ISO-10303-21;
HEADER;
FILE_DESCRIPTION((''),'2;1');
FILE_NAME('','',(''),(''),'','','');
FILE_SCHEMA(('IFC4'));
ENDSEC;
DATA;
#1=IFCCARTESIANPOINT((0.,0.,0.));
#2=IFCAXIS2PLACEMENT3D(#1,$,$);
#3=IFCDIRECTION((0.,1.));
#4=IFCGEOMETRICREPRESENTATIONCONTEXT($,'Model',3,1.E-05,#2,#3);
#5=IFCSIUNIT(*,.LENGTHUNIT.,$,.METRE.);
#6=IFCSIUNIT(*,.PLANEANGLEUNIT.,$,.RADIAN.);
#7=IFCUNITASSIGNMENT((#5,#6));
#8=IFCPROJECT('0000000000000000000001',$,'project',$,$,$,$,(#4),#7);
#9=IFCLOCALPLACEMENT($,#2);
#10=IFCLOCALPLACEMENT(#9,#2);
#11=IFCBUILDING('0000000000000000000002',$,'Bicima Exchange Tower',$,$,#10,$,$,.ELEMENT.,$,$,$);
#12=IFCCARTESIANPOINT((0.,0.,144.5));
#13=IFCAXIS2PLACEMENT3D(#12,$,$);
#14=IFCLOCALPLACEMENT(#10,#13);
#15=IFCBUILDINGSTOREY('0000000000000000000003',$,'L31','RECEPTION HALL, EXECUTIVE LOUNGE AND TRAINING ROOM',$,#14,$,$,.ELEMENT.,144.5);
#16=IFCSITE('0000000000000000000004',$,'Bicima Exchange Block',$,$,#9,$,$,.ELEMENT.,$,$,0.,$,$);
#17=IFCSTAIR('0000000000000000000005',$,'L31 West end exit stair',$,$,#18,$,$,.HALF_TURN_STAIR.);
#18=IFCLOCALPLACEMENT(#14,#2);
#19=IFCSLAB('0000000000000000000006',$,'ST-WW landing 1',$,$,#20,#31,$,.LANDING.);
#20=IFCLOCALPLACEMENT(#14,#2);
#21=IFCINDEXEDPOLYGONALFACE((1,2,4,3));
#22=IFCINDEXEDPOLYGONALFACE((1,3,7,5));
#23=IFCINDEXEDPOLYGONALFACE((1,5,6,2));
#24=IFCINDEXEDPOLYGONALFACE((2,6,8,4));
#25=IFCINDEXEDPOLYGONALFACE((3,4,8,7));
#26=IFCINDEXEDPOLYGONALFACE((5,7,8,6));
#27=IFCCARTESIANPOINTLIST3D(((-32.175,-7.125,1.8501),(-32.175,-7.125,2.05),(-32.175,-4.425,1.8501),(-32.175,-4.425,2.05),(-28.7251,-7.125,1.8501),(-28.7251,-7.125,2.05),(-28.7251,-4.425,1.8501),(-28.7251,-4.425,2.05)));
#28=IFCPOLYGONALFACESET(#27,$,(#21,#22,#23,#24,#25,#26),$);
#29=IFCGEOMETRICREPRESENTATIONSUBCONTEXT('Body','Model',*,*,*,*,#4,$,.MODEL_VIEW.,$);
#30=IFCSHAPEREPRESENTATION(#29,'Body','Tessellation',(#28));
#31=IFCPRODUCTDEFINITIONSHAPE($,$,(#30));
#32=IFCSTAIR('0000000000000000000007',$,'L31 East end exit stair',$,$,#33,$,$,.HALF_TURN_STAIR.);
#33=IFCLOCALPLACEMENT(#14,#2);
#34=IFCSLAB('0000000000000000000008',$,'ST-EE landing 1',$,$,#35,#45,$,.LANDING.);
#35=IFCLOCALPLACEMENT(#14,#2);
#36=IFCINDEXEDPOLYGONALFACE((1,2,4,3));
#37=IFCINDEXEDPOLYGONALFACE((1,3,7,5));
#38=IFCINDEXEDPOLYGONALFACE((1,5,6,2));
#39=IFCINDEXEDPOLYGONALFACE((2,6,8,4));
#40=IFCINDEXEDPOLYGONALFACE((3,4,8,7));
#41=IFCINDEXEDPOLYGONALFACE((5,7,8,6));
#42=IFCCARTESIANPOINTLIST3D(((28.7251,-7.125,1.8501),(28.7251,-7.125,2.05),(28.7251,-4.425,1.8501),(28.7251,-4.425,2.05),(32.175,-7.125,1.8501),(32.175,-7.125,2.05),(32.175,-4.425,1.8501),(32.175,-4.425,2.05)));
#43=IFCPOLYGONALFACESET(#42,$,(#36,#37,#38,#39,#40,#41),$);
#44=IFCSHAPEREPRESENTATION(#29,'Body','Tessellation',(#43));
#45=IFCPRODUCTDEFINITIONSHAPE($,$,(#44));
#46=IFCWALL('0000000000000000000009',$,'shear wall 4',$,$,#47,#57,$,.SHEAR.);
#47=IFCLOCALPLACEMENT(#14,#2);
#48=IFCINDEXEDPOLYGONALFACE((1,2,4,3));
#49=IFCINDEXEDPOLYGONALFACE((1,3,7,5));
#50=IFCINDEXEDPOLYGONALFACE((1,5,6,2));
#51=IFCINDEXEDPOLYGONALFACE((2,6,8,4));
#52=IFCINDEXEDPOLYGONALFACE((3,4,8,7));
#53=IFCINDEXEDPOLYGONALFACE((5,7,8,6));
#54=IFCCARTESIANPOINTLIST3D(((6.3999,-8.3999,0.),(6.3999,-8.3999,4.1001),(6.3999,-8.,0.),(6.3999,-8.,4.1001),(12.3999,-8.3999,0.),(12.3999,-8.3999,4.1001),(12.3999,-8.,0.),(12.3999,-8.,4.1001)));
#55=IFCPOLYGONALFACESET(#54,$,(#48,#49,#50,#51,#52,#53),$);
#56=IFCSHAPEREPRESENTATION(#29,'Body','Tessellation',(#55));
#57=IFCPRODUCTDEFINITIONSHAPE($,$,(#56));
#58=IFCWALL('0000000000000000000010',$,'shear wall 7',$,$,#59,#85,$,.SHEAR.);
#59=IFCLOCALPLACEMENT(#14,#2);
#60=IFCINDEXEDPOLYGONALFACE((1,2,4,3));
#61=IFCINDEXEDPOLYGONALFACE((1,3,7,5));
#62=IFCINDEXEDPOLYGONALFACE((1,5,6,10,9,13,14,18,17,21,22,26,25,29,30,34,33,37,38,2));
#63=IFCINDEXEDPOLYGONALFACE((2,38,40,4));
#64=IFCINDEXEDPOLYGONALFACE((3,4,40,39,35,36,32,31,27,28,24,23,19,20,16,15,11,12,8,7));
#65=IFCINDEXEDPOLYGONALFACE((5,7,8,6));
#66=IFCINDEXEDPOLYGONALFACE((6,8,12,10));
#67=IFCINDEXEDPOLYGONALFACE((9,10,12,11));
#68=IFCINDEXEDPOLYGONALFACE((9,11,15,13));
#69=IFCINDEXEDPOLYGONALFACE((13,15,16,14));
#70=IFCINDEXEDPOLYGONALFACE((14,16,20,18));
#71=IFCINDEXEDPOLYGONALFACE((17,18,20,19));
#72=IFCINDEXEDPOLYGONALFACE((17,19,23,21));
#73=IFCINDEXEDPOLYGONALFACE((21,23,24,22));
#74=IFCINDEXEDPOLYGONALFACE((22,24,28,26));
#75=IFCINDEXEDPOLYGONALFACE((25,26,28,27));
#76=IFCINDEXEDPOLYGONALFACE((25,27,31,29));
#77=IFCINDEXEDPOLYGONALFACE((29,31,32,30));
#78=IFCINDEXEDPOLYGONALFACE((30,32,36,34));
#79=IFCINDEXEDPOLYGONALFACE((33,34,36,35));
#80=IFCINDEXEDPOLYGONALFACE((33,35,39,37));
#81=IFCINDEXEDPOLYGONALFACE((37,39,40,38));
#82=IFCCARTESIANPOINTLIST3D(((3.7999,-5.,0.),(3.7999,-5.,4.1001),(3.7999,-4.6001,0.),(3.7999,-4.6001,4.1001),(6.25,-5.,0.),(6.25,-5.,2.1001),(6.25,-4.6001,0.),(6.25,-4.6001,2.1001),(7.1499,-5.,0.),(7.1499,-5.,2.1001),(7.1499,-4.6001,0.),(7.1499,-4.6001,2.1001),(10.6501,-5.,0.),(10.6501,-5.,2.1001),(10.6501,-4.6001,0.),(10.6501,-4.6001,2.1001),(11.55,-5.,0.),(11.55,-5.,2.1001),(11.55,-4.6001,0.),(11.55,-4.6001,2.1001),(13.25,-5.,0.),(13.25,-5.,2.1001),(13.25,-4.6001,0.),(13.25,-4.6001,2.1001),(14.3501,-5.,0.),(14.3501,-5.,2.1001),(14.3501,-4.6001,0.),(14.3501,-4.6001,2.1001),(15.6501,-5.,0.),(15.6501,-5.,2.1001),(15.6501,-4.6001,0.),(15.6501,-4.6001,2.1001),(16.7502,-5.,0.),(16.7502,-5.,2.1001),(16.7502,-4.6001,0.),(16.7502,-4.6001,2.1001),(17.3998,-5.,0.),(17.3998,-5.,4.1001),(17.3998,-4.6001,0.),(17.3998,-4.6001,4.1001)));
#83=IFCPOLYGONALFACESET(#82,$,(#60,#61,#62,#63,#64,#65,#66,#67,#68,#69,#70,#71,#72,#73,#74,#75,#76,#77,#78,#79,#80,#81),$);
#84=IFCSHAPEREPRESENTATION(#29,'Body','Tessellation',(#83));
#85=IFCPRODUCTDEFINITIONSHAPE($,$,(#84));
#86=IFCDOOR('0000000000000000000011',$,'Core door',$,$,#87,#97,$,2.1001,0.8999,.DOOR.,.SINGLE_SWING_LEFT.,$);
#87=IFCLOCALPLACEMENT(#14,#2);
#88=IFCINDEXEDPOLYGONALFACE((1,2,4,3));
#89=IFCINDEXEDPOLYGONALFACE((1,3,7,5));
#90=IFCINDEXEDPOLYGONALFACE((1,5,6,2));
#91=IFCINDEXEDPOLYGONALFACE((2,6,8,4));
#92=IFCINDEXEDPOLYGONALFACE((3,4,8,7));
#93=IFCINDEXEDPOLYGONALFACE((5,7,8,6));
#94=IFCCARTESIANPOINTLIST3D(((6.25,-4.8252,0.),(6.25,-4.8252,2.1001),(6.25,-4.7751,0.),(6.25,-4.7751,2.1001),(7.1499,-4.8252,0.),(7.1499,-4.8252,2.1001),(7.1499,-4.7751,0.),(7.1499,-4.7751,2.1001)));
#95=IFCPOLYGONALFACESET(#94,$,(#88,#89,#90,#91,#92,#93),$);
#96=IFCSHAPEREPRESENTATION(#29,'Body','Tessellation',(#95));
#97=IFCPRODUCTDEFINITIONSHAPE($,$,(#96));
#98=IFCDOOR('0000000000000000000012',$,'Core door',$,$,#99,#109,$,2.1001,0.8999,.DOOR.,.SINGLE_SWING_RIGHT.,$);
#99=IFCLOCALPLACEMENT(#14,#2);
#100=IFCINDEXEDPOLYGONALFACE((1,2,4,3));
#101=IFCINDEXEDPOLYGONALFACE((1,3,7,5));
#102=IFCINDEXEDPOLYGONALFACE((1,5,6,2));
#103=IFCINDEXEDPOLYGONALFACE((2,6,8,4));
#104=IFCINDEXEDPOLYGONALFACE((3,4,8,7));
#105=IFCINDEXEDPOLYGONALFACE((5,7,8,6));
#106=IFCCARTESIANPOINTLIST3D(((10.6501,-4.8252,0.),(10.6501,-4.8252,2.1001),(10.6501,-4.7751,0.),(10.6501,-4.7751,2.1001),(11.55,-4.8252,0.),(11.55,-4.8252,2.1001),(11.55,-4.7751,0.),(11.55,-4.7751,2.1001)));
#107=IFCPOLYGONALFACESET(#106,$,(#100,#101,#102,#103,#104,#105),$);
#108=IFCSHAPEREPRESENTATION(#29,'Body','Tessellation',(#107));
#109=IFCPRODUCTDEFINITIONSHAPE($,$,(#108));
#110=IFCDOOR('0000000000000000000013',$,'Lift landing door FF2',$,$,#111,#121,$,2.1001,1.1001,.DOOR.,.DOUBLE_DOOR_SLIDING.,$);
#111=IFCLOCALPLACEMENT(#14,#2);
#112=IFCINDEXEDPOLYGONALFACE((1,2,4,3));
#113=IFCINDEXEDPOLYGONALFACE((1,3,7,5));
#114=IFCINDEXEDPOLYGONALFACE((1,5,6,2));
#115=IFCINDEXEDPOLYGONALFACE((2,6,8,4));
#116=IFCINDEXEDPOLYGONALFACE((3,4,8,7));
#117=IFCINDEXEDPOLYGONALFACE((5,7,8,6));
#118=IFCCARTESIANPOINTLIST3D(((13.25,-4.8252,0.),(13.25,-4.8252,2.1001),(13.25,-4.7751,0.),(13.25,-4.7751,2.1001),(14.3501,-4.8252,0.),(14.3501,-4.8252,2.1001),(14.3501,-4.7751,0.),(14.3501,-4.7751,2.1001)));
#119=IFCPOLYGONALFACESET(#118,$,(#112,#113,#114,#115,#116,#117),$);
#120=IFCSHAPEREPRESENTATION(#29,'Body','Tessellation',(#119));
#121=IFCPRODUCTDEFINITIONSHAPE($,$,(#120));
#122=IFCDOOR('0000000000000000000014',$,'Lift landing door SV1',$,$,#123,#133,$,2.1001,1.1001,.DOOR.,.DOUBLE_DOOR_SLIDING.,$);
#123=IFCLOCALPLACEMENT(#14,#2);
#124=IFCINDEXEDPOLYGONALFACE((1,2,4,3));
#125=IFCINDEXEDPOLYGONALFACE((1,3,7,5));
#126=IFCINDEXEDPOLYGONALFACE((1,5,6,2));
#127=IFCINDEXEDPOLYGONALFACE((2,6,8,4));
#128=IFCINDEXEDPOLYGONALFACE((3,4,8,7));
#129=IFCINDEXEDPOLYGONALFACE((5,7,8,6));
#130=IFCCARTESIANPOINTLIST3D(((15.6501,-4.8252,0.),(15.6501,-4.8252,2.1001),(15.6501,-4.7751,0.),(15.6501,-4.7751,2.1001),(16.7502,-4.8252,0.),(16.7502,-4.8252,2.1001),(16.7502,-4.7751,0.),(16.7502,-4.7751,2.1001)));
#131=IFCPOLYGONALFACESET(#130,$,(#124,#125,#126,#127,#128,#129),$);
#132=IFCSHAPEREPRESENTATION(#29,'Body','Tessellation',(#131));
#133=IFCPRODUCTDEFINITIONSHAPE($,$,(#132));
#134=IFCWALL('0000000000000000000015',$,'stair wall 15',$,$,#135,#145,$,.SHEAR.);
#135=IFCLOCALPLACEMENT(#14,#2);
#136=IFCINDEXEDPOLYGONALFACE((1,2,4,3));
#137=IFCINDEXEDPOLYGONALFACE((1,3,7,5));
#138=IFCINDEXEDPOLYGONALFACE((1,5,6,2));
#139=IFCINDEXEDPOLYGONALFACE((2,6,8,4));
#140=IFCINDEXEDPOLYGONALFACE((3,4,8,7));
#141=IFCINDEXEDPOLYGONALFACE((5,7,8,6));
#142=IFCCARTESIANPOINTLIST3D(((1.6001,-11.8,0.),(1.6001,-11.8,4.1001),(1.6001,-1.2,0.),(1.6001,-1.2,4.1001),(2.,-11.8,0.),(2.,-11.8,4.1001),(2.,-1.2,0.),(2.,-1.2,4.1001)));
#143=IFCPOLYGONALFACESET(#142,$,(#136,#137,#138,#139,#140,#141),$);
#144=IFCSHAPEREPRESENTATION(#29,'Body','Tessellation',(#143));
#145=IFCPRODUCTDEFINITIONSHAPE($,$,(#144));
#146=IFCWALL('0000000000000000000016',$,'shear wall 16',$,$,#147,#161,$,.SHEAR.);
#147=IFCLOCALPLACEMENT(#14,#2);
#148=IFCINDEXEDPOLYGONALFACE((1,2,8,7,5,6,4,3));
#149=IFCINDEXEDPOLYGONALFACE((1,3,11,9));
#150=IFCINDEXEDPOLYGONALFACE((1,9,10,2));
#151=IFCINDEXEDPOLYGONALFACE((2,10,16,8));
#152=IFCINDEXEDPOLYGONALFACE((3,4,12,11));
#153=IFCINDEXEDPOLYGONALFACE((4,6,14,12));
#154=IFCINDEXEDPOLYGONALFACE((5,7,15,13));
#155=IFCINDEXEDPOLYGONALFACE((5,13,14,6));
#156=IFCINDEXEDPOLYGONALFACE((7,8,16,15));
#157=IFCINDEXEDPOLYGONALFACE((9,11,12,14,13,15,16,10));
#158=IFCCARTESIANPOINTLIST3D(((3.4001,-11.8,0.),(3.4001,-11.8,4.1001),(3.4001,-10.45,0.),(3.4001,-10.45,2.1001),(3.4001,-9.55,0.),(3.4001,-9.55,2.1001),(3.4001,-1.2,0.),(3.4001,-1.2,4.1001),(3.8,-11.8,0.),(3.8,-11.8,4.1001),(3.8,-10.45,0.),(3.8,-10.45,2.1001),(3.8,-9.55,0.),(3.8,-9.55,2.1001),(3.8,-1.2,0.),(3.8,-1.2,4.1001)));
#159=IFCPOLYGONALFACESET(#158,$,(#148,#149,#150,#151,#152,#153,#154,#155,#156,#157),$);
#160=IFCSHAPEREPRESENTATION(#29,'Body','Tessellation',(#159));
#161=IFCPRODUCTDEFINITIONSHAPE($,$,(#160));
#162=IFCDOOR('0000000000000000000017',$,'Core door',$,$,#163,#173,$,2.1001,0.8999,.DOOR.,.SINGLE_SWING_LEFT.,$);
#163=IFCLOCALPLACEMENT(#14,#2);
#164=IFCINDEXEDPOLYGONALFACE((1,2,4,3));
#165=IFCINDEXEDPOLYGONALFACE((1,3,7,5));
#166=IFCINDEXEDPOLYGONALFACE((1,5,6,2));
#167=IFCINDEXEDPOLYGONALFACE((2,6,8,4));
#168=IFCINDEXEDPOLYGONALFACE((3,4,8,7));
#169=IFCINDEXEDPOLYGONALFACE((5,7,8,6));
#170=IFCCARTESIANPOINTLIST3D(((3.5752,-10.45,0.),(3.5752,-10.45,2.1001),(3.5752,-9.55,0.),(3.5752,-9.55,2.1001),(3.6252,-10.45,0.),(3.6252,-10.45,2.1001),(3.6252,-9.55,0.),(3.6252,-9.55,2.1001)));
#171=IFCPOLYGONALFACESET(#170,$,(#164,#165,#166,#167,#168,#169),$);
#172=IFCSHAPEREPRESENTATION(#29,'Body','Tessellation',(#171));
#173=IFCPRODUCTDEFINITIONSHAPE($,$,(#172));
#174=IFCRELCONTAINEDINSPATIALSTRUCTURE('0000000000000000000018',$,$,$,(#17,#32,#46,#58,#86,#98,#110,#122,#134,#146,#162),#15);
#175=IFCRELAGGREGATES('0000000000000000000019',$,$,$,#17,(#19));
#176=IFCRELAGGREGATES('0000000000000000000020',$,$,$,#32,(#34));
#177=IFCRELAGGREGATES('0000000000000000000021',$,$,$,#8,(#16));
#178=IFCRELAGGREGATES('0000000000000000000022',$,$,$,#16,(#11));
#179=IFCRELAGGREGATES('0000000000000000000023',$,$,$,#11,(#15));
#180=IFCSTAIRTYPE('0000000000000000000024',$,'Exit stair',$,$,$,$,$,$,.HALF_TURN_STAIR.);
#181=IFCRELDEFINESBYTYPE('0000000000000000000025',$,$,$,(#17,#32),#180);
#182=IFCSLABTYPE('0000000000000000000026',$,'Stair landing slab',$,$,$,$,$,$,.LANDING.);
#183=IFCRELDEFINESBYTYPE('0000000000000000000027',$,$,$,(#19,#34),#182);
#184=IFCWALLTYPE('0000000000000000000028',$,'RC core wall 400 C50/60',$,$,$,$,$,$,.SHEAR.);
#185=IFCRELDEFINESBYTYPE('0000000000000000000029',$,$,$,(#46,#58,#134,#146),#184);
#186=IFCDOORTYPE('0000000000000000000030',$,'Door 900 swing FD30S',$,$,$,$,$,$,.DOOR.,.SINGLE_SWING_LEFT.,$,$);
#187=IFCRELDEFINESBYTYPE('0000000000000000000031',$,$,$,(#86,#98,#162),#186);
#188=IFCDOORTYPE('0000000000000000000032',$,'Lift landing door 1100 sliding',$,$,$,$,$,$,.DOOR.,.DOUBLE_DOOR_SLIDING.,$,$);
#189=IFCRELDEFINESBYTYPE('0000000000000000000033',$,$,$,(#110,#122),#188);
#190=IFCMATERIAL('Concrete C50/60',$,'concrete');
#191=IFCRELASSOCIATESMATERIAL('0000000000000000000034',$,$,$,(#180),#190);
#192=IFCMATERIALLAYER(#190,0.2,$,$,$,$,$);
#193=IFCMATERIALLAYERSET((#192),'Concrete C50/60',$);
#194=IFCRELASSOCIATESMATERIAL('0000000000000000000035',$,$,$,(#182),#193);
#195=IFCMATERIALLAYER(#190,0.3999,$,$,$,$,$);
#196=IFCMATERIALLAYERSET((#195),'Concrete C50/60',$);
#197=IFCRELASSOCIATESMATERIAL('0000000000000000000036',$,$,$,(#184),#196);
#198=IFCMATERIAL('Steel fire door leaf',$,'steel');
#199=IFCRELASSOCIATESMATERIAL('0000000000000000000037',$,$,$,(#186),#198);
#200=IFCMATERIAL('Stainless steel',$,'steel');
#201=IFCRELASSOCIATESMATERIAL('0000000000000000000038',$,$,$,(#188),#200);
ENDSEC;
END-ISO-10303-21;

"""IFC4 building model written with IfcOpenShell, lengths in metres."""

from ifc_helpers import new_model, si_unit, direction, frame, frame_2d, origin, place, context, subcontext, project, spatial, polyline, rectangle, outline, extrude, material, layer, layer_set, type_object, element, fill, aggregate, save


model = new_model("IFC4")

# Units and contexts
model_context = context("Model", 3, precision=1e-05, world=origin(), true_north=direction((0.0, 1.0)))
body_context = subcontext(model_context, "Body", "Model", "MODEL_VIEW")
ifc_project = project(units=[si_unit("LENGTHUNIT", "METRE"), si_unit("PLANEANGLEUNIT", "RADIAN")], contexts=[model_context])

# Site, building, storey
site_placement = place(None, origin())
site = spatial("IfcSite", under=ifc_project, at=site_placement, Name="Bicima Exchange Block", CompositionType="ELEMENT", RefElevation=0.0)
building_placement = place(site_placement, origin())
building = spatial("IfcBuilding", under=site, at=building_placement, Name="Bicima Exchange Tower", CompositionType="ELEMENT")
storey_placement = place(building_placement, frame((0.0, 0.0, 144.5)))
storey = spatial("IfcBuildingStorey", under=building, at=storey_placement, Name="L31", Description="RECEPTION HALL, EXECUTIVE LOUNGE AND TRAINING ROOM", CompositionType="ELEMENT", Elevation=144.5)

# Stairs, slabs
ifc_material_1 = material(Name="Concrete C50/60", Category="concrete")
stair_type_1 = type_object("IfcStairType", Name="Exit stair", PredefinedType="HALF_TURN_STAIR", material=ifc_material_1)
ifc_layer_1 = layer(ifc_material_1, 0.2)
ifc_layer_set_1 = layer_set([ifc_layer_1], Name="Concrete C50/60")
slab_type_1 = type_object("IfcSlabType", Name="Stair landing slab", PredefinedType="LANDING", material=ifc_layer_set_1)
stair_1_placement = place(storey_placement, origin())
stair_1 = element("IfcStair", 1, at=stair_1_placement, inside=storey, type_object=stair_type_1, Name="L31 West end exit stair", PredefinedType="HALF_TURN_STAIR")
slab_1_placement = place(storey_placement, frame((0.0, 0.0, 1.8501)))
slab_1 = element("IfcSlab", 2, at=slab_1_placement, type_object=slab_type_1, Name="ST-WW landing 1", PredefinedType="LANDING", context=body_context, shape_type="SweptSolid", body=[
    extrude(outline(polyline([(-28.7251, -7.125), (-28.7251, -4.425), (-32.175, -4.425), (-32.175, -7.125), (-28.7251, -7.125)])), origin(), (0.0, 0.0, 1.0), 0.2),
])
aggregate(stair_1, [slab_1])
stair_2_placement = place(storey_placement, origin())
stair_2 = element("IfcStair", 3, at=stair_2_placement, inside=storey, type_object=stair_type_1, Name="L31 East end exit stair", PredefinedType="HALF_TURN_STAIR")
slab_2_placement = place(storey_placement, frame((0.0, 0.0, 1.8501)))
slab_2 = element("IfcSlab", 4, at=slab_2_placement, type_object=slab_type_1, Name="ST-EE landing 1", PredefinedType="LANDING", context=body_context, shape_type="SweptSolid", body=[
    extrude(outline(polyline([(32.175, -7.125), (32.175, -4.425), (28.7251, -4.425), (28.7251, -7.125), (32.175, -7.125)])), origin(), (0.0, 0.0, 1.0), 0.2),
])
aggregate(stair_2, [slab_2])

# Wall
ifc_layer_2 = layer(ifc_material_1, 0.3999)
ifc_layer_set_2 = layer_set([ifc_layer_2], Name="Concrete C50/60")
wall_type_1 = type_object("IfcWallType", Name="RC core wall 400 C50/60", PredefinedType="SHEAR", material=ifc_layer_set_2)
wall_1_placement = place(storey_placement, frame((6.3999, -8.2, 0.0), z_axis=(0.0, 0.0, 1.0), x_axis=(1.0, 0.0, 0.0)))
element("IfcWall", 5, at=wall_1_placement, inside=storey, type_object=wall_type_1, Name="shear wall 4", PredefinedType="SHEAR", context=body_context, shape_type="SweptSolid", body=[
    extrude(rectangle(XDim=6.0, YDim=0.3999, at=frame_2d((3.0, 0.0))), origin(), (0.0, 0.0, 1.0), 4.1001),
])

# Wall, openings, doors
wall_2_placement = place(storey_placement, frame((3.8, -4.8, 0.0), z_axis=(0.0, 0.0, 1.0), x_axis=(1.0, 0.0, 0.0)))
wall_2 = element("IfcWall", 6, at=wall_2_placement, inside=storey, type_object=wall_type_1, Name="shear wall 7", PredefinedType="SHEAR", context=body_context, shape_type="SweptSolid", body=[
    extrude(rectangle(XDim=13.5999, YDim=0.3999, at=frame_2d((6.7998, 0.0))), origin(), (0.0, 0.0, 1.0), 4.1001),
])
opening_1_placement = place(wall_2_placement, frame((9.45, 0.0, 0.0)))
opening_1 = element("IfcOpeningElement", 7, at=opening_1_placement, cuts=wall_2, PredefinedType="OPENING", context=body_context, shape_type="SweptSolid", body=[
    extrude(rectangle(XDim=1.1001, YDim=2.1001, at=frame_2d((0.55, 1.05))), frame((0.0, 0.2119, 0.0), z_axis=(0.0, -1.0, 0.0), x_axis=(1.0, 0.0, 0.0)), (0.0, 0.0, 1.0), 0.4238),
])
opening_2_placement = place(wall_2_placement, frame((11.8501, 0.0, 0.0)))
opening_2 = element("IfcOpeningElement", 8, at=opening_2_placement, cuts=wall_2, PredefinedType="OPENING", context=body_context, shape_type="SweptSolid", body=[
    extrude(rectangle(XDim=1.1001, YDim=2.1001, at=frame_2d((0.55, 1.05))), frame((0.0, 0.2119, 0.0), z_axis=(0.0, -1.0, 0.0), x_axis=(1.0, 0.0, 0.0)), (0.0, 0.0, 1.0), 0.4238),
])
opening_3_placement = place(wall_2_placement, frame((2.45, 0.0, 0.0)))
opening_3 = element("IfcOpeningElement", 9, at=opening_3_placement, cuts=wall_2, PredefinedType="OPENING", context=body_context, shape_type="SweptSolid", body=[
    extrude(rectangle(XDim=0.8999, YDim=2.1001, at=frame_2d((0.45, 1.05))), frame((0.0, 0.2119, 0.0), z_axis=(0.0, -1.0, 0.0), x_axis=(1.0, 0.0, 0.0)), (0.0, 0.0, 1.0), 0.4238),
])
opening_4_placement = place(wall_2_placement, frame((6.8501, 0.0, 0.0)))
opening_4 = element("IfcOpeningElement", 10, at=opening_4_placement, cuts=wall_2, PredefinedType="OPENING", context=body_context, shape_type="SweptSolid", body=[
    extrude(rectangle(XDim=0.8999, YDim=2.1001, at=frame_2d((0.45, 1.05))), frame((0.0, 0.2119, 0.0), z_axis=(0.0, -1.0, 0.0), x_axis=(1.0, 0.0, 0.0)), (0.0, 0.0, 1.0), 0.4238),
])
ifc_material_2 = material(Name="Steel fire door leaf", Category="steel")
door_type_1 = type_object("IfcDoorType", Name="Door 900 swing FD30S", OperationType="SINGLE_SWING_LEFT", PredefinedType="DOOR", material=ifc_material_2)
door_1_placement = place(opening_3_placement, origin())
door_1 = element("IfcDoor", 11, at=door_1_placement, inside=storey, type_object=door_type_1, Name="Core door", OperationType="SINGLE_SWING_LEFT", OverallHeight=2.1001, OverallWidth=0.8999, PredefinedType="DOOR", context=body_context, shape_type="SweptSolid", body=[
    extrude(rectangle(XDim=0.8999, YDim=2.1001, at=frame_2d((0.45, 1.05))), frame((0.0, 0.0249, 0.0), z_axis=(0.0, -1.0, 0.0), x_axis=(1.0, 0.0, 0.0)), (0.0, 0.0, 1.0), 0.05),
])
fill(opening_3, door_1)
door_2_placement = place(opening_4_placement, origin())
door_2 = element("IfcDoor", 12, at=door_2_placement, inside=storey, type_object=door_type_1, Name="Core door", OperationType="SINGLE_SWING_RIGHT", OverallHeight=2.1001, OverallWidth=0.8999, PredefinedType="DOOR", context=body_context, shape_type="SweptSolid", body=[
    extrude(rectangle(XDim=0.8999, YDim=2.1001, at=frame_2d((0.45, 1.05))), frame((0.0, 0.0249, 0.0), z_axis=(0.0, -1.0, 0.0), x_axis=(1.0, 0.0, 0.0)), (0.0, 0.0, 1.0), 0.05),
])
fill(opening_4, door_2)
ifc_material_3 = material(Name="Stainless steel", Category="steel")
door_type_2 = type_object("IfcDoorType", Name="Lift landing door 1100 sliding", OperationType="DOUBLE_DOOR_SLIDING", PredefinedType="DOOR", material=ifc_material_3)
door_3_placement = place(opening_1_placement, origin())
door_3 = element("IfcDoor", 13, at=door_3_placement, inside=storey, type_object=door_type_2, Name="Lift landing door FF2", OperationType="DOUBLE_DOOR_SLIDING", OverallHeight=2.1001, OverallWidth=1.1001, PredefinedType="DOOR", context=body_context, shape_type="SweptSolid", body=[
    extrude(rectangle(XDim=1.1001, YDim=2.1001, at=frame_2d((0.55, 1.05))), frame((0.0, 0.0249, 0.0), z_axis=(0.0, -1.0, 0.0), x_axis=(1.0, 0.0, 0.0)), (0.0, 0.0, 1.0), 0.05),
])
fill(opening_1, door_3)
door_4_placement = place(opening_2_placement, origin())
door_4 = element("IfcDoor", 14, at=door_4_placement, inside=storey, type_object=door_type_2, Name="Lift landing door SV1", OperationType="DOUBLE_DOOR_SLIDING", OverallHeight=2.1001, OverallWidth=1.1001, PredefinedType="DOOR", context=body_context, shape_type="SweptSolid", body=[
    extrude(rectangle(XDim=1.1001, YDim=2.1001, at=frame_2d((0.55, 1.05))), frame((0.0, 0.0249, 0.0), z_axis=(0.0, -1.0, 0.0), x_axis=(1.0, 0.0, 0.0)), (0.0, 0.0, 1.0), 0.05),
])
fill(opening_2, door_4)

# Wall
wall_3_placement = place(storey_placement, frame((1.8, -11.8, 0.0), z_axis=(0.0, 0.0, 1.0), x_axis=(0.0, 1.0, 0.0)))
element("IfcWall", 15, at=wall_3_placement, inside=storey, type_object=wall_type_1, Name="stair wall 15", PredefinedType="SHEAR", context=body_context, shape_type="SweptSolid", body=[
    extrude(rectangle(XDim=10.6001, YDim=0.3999, at=frame_2d((5.3, 0.0))), origin(), (0.0, 0.0, 1.0), 4.1001),
])

# Wall, opening, door
wall_4_placement = place(storey_placement, frame((3.6001, -11.8, 0.0), z_axis=(0.0, 0.0, 1.0), x_axis=(0.0, 1.0, 0.0)))
wall_4 = element("IfcWall", 16, at=wall_4_placement, inside=storey, type_object=wall_type_1, Name="shear wall 16", PredefinedType="SHEAR", context=body_context, shape_type="SweptSolid", body=[
    extrude(rectangle(XDim=10.6001, YDim=0.3999, at=frame_2d((5.3, 0.0))), origin(), (0.0, 0.0, 1.0), 4.1001),
])
opening_5_placement = place(wall_4_placement, frame((1.3501, 0.0, 0.0)))
opening_5 = element("IfcOpeningElement", 17, at=opening_5_placement, cuts=wall_4, PredefinedType="OPENING", context=body_context, shape_type="SweptSolid", body=[
    extrude(rectangle(XDim=0.8999, YDim=2.1001, at=frame_2d((0.45, 1.05))), frame((0.0, 0.2119, 0.0), z_axis=(0.0, -1.0, 0.0), x_axis=(1.0, 0.0, 0.0)), (0.0, 0.0, 1.0), 0.4238),
])
door_5_placement = place(opening_5_placement, origin())
door_5 = element("IfcDoor", 18, at=door_5_placement, inside=storey, type_object=door_type_1, Name="Core door", OperationType="SINGLE_SWING_LEFT", OverallHeight=2.1001, OverallWidth=0.8999, PredefinedType="DOOR", context=body_context, shape_type="SweptSolid", body=[
    extrude(rectangle(XDim=0.8999, YDim=2.1001, at=frame_2d((0.45, 1.05))), frame((0.0, 0.0249, 0.0), z_axis=(0.0, -1.0, 0.0), x_axis=(1.0, 0.0, 0.0)), (0.0, 0.0, 1.0), 0.05),
])
fill(opening_5, door_5)

save(model, "model.ifc")
